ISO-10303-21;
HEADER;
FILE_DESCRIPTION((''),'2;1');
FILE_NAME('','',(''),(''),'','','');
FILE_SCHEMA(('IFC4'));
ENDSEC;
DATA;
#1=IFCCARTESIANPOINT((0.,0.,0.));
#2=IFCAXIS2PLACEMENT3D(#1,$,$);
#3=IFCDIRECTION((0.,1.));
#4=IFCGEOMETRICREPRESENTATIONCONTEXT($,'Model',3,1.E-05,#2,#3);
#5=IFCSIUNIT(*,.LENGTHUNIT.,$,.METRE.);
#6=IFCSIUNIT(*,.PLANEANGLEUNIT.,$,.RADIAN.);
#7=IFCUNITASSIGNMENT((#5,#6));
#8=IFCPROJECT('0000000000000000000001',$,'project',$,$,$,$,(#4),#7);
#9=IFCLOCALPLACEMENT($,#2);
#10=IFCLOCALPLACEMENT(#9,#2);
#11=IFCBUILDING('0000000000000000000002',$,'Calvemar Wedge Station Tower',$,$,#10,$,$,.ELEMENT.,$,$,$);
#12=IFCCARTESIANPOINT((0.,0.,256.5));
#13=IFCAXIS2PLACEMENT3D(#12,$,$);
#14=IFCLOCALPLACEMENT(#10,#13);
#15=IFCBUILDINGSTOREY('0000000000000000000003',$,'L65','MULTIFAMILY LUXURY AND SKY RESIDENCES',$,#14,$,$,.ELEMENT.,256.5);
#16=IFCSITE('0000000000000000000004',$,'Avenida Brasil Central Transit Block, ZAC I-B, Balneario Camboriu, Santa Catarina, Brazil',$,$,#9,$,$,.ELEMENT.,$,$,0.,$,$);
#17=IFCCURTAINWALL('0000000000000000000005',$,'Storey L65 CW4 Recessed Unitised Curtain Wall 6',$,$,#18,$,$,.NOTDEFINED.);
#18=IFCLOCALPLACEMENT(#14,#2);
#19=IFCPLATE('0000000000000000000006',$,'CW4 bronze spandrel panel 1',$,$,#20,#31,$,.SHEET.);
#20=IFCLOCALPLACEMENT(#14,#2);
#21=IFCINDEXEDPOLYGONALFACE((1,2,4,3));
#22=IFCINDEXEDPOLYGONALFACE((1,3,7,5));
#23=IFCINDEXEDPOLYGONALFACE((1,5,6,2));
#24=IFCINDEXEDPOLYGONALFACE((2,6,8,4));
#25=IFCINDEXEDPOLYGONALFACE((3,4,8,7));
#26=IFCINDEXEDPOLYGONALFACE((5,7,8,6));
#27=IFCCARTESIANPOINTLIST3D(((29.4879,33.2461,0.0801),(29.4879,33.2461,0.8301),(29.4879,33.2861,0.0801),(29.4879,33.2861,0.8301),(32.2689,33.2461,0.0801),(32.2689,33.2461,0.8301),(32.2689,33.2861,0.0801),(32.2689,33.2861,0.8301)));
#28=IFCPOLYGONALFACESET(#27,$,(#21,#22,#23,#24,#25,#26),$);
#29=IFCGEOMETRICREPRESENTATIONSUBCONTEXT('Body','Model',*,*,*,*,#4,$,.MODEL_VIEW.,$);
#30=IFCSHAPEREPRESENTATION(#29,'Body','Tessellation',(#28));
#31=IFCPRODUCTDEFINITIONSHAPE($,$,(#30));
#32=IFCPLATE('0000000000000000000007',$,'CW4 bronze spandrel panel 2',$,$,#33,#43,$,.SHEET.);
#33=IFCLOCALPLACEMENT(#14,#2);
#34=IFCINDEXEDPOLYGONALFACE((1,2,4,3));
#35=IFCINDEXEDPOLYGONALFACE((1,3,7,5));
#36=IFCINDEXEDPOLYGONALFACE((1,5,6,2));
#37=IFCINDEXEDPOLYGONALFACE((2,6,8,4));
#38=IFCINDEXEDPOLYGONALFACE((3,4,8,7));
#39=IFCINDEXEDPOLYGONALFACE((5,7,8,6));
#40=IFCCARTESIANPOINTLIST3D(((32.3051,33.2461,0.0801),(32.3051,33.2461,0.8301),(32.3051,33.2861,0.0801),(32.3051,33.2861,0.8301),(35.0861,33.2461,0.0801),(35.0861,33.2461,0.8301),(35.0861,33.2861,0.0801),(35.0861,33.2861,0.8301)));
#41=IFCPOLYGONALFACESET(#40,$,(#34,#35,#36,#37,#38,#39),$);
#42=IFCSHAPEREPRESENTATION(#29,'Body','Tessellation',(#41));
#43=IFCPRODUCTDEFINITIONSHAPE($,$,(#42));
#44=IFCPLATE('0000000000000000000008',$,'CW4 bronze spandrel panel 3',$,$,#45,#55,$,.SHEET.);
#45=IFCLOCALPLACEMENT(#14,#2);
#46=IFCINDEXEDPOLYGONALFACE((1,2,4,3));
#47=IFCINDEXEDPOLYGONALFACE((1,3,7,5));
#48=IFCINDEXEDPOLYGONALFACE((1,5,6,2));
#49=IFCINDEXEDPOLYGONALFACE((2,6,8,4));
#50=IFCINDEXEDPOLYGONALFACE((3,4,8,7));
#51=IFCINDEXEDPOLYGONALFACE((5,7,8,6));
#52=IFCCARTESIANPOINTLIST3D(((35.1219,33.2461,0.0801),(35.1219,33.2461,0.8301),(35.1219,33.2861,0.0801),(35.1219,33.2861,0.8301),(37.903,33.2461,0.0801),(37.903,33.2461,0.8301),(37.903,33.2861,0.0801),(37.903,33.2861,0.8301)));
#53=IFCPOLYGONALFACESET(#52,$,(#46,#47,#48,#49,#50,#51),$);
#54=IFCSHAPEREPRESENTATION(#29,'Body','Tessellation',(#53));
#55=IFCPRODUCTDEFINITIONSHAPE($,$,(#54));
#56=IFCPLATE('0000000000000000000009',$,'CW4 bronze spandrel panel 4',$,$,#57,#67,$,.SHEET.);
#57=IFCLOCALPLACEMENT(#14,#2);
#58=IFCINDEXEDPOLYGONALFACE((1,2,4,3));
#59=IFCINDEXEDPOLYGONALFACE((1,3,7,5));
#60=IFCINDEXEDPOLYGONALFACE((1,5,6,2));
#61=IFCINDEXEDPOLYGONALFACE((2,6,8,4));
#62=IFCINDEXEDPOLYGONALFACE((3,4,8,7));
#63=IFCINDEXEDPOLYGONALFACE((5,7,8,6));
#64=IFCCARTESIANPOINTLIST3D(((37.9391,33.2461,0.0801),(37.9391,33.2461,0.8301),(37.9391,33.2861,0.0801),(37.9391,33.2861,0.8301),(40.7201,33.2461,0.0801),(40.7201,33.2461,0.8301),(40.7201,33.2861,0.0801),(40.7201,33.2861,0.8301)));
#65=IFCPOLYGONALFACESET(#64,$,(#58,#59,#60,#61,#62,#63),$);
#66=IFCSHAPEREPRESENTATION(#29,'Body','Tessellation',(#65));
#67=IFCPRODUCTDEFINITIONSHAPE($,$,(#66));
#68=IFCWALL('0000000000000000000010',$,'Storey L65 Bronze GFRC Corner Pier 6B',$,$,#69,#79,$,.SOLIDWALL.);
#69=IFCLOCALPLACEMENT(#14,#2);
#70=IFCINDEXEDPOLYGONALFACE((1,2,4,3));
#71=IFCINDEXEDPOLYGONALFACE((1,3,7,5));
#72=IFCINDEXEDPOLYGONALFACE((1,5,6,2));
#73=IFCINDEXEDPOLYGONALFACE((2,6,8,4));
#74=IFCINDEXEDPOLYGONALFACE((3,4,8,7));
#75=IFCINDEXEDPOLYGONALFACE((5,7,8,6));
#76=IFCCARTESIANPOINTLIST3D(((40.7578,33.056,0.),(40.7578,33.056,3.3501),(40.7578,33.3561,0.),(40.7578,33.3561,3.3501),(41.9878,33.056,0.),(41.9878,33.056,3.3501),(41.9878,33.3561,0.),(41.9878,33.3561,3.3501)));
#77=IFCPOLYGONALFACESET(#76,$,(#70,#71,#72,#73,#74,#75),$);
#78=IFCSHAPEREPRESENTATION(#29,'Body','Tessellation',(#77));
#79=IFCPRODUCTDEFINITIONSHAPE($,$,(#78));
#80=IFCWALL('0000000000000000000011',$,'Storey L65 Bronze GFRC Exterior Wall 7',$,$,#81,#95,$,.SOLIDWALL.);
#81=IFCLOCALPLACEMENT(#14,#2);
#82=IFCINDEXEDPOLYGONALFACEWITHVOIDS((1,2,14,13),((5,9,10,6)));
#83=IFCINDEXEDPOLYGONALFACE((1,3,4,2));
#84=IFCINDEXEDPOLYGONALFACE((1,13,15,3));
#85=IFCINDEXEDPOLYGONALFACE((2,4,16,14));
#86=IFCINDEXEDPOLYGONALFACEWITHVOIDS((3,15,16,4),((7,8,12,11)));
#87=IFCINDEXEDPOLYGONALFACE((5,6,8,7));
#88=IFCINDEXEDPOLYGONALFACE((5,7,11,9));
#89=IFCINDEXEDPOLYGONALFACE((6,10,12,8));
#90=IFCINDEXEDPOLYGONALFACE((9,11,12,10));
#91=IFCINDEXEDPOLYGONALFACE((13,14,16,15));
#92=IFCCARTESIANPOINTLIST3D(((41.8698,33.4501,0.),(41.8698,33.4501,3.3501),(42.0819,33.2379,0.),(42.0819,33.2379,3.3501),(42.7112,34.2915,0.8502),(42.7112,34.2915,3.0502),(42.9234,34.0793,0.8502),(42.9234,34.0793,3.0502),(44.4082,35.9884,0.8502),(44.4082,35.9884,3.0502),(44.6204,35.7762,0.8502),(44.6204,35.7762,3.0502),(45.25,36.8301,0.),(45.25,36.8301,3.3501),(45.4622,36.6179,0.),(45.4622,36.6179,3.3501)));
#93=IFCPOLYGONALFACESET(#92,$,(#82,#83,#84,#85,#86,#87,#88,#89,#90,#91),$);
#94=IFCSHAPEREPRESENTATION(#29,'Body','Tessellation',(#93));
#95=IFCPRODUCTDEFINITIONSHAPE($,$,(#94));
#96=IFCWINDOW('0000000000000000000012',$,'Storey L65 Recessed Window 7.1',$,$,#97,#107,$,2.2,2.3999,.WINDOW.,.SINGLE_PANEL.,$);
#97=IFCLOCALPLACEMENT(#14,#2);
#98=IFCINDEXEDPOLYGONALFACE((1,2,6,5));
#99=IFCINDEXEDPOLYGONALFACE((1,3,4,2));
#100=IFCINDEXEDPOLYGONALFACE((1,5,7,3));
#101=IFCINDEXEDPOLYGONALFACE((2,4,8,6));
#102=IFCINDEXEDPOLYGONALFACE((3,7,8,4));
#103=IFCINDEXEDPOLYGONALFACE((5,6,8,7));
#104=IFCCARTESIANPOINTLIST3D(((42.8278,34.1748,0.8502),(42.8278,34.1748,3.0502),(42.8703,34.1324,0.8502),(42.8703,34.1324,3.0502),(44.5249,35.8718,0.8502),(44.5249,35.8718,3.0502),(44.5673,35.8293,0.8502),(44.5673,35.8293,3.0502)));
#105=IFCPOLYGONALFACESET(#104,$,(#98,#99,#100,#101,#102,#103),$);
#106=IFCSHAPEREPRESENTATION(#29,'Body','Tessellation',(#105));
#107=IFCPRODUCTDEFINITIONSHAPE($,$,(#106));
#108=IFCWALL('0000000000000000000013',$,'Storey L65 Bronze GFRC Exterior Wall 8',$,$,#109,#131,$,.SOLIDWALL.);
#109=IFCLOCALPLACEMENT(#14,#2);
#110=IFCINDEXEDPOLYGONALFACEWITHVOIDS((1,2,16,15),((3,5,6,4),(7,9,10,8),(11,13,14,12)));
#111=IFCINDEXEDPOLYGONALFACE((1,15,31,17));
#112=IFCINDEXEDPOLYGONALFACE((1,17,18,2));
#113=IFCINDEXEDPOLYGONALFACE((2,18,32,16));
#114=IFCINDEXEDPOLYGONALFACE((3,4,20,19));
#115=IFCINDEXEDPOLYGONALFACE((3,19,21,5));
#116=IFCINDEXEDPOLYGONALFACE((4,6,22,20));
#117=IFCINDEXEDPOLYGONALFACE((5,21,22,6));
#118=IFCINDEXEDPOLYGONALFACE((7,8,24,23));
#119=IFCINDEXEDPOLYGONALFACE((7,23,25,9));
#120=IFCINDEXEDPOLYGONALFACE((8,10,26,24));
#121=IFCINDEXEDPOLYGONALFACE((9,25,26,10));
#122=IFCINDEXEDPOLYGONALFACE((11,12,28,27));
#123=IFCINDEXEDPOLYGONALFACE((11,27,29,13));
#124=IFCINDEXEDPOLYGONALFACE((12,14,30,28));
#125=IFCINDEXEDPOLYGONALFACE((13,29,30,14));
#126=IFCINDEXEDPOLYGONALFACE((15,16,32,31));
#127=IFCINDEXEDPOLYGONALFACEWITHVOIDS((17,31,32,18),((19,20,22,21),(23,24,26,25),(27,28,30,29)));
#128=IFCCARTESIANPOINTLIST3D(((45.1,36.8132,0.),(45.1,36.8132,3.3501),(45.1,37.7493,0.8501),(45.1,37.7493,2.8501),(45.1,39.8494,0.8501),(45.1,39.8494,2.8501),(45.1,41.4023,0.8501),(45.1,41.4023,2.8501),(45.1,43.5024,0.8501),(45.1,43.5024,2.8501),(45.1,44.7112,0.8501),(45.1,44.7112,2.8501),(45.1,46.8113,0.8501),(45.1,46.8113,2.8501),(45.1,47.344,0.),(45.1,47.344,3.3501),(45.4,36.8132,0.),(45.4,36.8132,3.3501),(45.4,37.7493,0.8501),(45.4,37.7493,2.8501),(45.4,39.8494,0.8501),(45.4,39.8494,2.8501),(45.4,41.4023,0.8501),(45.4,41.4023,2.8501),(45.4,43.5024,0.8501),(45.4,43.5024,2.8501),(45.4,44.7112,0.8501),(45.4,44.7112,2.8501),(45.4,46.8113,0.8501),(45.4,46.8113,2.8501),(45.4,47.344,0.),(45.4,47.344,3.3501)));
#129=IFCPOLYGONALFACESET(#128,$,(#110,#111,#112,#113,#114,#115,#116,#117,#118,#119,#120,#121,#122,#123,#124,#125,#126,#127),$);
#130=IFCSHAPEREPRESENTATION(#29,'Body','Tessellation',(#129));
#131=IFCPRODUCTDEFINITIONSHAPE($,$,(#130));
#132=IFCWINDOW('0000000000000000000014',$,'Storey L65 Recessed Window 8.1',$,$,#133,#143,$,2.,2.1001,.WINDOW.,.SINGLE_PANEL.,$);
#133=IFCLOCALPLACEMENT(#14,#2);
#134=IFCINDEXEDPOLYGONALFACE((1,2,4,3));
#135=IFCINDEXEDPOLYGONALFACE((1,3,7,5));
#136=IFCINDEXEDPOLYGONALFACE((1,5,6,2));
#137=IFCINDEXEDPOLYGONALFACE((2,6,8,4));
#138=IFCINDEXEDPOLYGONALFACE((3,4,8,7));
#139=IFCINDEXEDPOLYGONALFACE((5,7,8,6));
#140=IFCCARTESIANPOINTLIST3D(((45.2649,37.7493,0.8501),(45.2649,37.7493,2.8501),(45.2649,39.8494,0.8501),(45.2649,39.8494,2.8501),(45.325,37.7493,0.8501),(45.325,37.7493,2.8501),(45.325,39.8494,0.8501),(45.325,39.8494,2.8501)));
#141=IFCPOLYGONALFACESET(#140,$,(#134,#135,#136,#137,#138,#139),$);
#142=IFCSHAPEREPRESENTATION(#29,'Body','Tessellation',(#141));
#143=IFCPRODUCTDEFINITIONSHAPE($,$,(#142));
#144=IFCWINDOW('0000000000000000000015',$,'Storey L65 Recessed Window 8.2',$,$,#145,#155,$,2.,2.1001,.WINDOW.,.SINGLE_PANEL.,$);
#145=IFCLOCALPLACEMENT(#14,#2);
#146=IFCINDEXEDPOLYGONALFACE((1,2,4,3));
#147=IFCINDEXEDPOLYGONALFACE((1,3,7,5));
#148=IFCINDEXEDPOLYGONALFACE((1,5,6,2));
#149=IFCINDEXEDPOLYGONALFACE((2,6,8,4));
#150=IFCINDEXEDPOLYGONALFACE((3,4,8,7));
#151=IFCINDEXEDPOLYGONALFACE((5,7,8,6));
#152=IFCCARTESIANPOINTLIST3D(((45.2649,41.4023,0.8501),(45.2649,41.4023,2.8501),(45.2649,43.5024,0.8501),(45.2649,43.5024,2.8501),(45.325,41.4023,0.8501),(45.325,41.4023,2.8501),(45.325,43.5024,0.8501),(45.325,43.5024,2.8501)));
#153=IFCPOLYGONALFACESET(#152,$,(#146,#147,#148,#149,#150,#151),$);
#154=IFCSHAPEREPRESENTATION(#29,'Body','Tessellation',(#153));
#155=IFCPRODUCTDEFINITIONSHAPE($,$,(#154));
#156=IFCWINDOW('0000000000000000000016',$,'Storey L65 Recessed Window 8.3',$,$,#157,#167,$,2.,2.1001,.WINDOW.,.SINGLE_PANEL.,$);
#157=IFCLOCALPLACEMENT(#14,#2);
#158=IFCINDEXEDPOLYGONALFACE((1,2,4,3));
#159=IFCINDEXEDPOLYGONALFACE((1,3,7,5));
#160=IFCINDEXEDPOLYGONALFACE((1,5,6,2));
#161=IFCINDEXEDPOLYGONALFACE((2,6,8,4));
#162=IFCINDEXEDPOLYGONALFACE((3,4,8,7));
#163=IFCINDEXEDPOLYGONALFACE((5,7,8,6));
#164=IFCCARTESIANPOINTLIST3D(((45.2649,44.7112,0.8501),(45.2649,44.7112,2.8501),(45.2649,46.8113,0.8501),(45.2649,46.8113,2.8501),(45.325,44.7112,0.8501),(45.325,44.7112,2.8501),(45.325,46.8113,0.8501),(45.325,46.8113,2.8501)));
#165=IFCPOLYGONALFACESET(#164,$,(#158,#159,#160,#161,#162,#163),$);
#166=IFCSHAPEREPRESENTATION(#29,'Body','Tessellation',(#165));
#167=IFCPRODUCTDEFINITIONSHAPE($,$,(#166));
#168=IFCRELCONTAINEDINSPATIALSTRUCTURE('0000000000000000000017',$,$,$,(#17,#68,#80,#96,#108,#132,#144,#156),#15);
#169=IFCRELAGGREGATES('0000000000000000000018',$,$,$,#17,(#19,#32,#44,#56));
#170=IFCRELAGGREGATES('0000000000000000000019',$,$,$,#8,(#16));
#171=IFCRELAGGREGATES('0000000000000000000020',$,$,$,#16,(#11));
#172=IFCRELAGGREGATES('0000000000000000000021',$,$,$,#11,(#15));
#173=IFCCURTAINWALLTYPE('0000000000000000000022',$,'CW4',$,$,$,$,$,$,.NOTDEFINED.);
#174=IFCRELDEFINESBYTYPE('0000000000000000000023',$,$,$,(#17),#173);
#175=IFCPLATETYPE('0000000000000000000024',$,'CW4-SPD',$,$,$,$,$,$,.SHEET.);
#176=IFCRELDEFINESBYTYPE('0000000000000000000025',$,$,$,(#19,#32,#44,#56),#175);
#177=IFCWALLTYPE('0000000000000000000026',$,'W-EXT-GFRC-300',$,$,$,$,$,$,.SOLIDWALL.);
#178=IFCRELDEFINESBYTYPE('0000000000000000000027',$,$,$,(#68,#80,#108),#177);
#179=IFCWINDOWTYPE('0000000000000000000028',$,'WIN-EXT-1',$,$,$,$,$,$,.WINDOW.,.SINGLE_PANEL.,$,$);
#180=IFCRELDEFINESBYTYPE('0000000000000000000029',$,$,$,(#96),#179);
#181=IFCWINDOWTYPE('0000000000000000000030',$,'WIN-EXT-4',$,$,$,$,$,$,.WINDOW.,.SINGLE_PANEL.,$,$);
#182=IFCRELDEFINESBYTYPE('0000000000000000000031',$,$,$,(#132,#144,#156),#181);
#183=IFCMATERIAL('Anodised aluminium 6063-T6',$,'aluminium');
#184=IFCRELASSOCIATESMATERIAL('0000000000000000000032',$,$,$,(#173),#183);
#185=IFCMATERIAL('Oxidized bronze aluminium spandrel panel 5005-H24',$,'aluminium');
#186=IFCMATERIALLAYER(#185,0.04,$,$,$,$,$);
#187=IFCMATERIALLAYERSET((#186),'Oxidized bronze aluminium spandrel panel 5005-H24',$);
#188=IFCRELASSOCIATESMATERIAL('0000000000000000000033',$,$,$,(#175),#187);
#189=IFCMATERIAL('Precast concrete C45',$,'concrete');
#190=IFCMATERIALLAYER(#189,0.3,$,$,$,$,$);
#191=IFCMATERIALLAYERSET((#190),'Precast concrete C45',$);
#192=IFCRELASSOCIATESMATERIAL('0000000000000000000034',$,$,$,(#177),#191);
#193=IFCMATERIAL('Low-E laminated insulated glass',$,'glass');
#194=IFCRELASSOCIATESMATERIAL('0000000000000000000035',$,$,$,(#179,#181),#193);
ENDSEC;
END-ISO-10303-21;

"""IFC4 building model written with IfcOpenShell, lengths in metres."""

from ifc_helpers import new_model, si_unit, direction, frame, frame_2d, origin, place, context, subcontext, project, spatial, rectangle, extrude, source, transform, mapped, material, layer, layer_set, type_object, element, fill, aggregate, save


model = new_model("IFC4")

# Units and contexts
model_context = context("Model", 3, precision=1e-05, world=origin(), true_north=direction((0.0, 1.0)))
body_context = subcontext(model_context, "Body", "Model", "MODEL_VIEW")
ifc_project = project(units=[si_unit("LENGTHUNIT", "METRE"), si_unit("PLANEANGLEUNIT", "RADIAN")], contexts=[model_context])

# Site, building, storey
site_placement = place(None, origin())
site = spatial("IfcSite", under=ifc_project, at=site_placement, Name="Avenida Brasil Central Transit Block, ZAC I-B, Balneario Camboriu, Santa Catarina, Brazil", CompositionType="ELEMENT", RefElevation=0.0)
building_placement = place(site_placement, origin())
building = spatial("IfcBuilding", under=site, at=building_placement, Name="Calvemar Wedge Station Tower", CompositionType="ELEMENT")
storey_placement = place(building_placement, frame((0.0, 0.0, 256.5)))
storey = spatial("IfcBuildingStorey", under=building, at=storey_placement, Name="L65", Description="MULTIFAMILY LUXURY AND SKY RESIDENCES", CompositionType="ELEMENT", Elevation=256.5)

# Curtain wall, plates
ifc_material_1 = material(Name="Anodised aluminium 6063-T6", Category="aluminium")
curtain_wall_type = type_object("IfcCurtainWallType", Name="CW4", PredefinedType="NOTDEFINED", material=ifc_material_1)
curtain_wall_placement = place(storey_placement, origin())
curtain_wall = element("IfcCurtainWall", 1, at=curtain_wall_placement, inside=storey, type_object=curtain_wall_type, Name="Storey L65 CW4 Recessed Unitised Curtain Wall 6", PredefinedType="NOTDEFINED")
ifc_material_2 = material(Name="Low-E laminated insulated glass", Category="glass")
ifc_material_3 = material(Name="Oxidized bronze aluminium spandrel panel 5005-H24", Category="aluminium")
ifc_layer_1 = layer(ifc_material_3, 0.04)
ifc_layer_set_1 = layer_set([ifc_layer_1], Name="Oxidized bronze aluminium spandrel panel 5005-H24")
plate_type_1 = type_object("IfcPlateType", Name="CW4-SPD", PredefinedType="SHEET", material=ifc_layer_set_1)
plate_1_placement = place(storey_placement, frame((29.4878, 33.2661, 0.0801), z_axis=(0.0, 0.0, 1.0), x_axis=(1.0, 0.0, 0.0)))
plate_1 = element("IfcPlate", 2, at=plate_1_placement, type_object=plate_type_1, Name="CW4 bronze spandrel panel 1", PredefinedType="SHEET", context=body_context, shape_type="SweptSolid", body=[
    extrude(rectangle(XDim=2.781, YDim=0.04, at=frame_2d((1.3906, 0.0))), origin(), (0.0, 0.0, 1.0), 0.75),
])
plate_2_placement = place(storey_placement, frame((32.3049, 33.2661, 0.0801), z_axis=(0.0, 0.0, 1.0), x_axis=(1.0, 0.0, 0.0)))
plate_2 = element("IfcPlate", 3, at=plate_2_placement, type_object=plate_type_1, Name="CW4 bronze spandrel panel 2", PredefinedType="SHEET", context=body_context, shape_type="SweptSolid", body=[
    extrude(rectangle(XDim=2.781, YDim=0.04, at=frame_2d((1.3906, 0.0))), origin(), (0.0, 0.0, 1.0), 0.75),
])
plate_3_placement = place(storey_placement, frame((35.1218, 33.2661, 0.0801), z_axis=(0.0, 0.0, 1.0), x_axis=(1.0, 0.0, 0.0)))
plate_3 = element("IfcPlate", 4, at=plate_3_placement, type_object=plate_type_1, Name="CW4 bronze spandrel panel 3", PredefinedType="SHEET", context=body_context, shape_type="SweptSolid", body=[
    extrude(rectangle(XDim=2.781, YDim=0.04, at=frame_2d((1.3906, 0.0))), origin(), (0.0, 0.0, 1.0), 0.75),
])
plate_4_placement = place(storey_placement, frame((37.939, 33.2661, 0.0801), z_axis=(0.0, 0.0, 1.0), x_axis=(1.0, 0.0, 0.0)))
plate_4 = element("IfcPlate", 5, at=plate_4_placement, type_object=plate_type_1, Name="CW4 bronze spandrel panel 4", PredefinedType="SHEET", context=body_context, shape_type="SweptSolid", body=[
    extrude(rectangle(XDim=2.781, YDim=0.04, at=frame_2d((1.3906, 0.0))), origin(), (0.0, 0.0, 1.0), 0.75),
])
aggregate(curtain_wall, [plate_1, plate_2, plate_3, plate_4])

# Wall
ifc_material_4 = material(Name="Precast concrete C45", Category="concrete")
ifc_layer_2 = layer(ifc_material_4, 0.3)
ifc_layer_set_2 = layer_set([ifc_layer_2], Name="Precast concrete C45")
wall_type_1 = type_object("IfcWallType", Name="W-EXT-GFRC-300", PredefinedType="SOLIDWALL", material=ifc_layer_set_2)
wall_1_placement = place(storey_placement, frame((40.7578, 33.2061, 0.0), z_axis=(0.0, 0.0, 1.0), x_axis=(1.0, 0.0, 0.0)))
element("IfcWall", 6, at=wall_1_placement, inside=storey, type_object=wall_type_1, Name="Storey L65 Bronze GFRC Corner Pier 6B", PredefinedType="SOLIDWALL", context=body_context, shape_type="SweptSolid", body=[
    extrude(rectangle(XDim=1.23, YDim=0.3, at=frame_2d((0.615, 0.0))), origin(), (0.0, 0.0, 1.0), 3.3501),
])

# Wall, opening, window
wall_2_placement = place(storey_placement, frame((41.9758, 33.344, 0.0), z_axis=(0.0, 0.0, 1.0), x_axis=(0.707132, 0.707081, 0.0)))
wall_2 = element("IfcWall", 7, at=wall_2_placement, inside=storey, type_object=wall_type_1, Name="Storey L65 Bronze GFRC Exterior Wall 7", PredefinedType="SOLIDWALL", context=body_context, shape_type="SweptSolid", body=[
    extrude(rectangle(XDim=4.7803, YDim=0.3, at=frame_2d((2.3901, 0.0))), origin(), (0.0, 0.0, 1.0), 3.3501),
])
shared_shape_1 = source(origin(), body_context, "Body", "SweptSolid", [
    extrude(rectangle(XDim=2.3999, YDim=2.2, at=frame_2d((1.2, 1.1001))), frame((0.0, 0.1602, 0.0), z_axis=(0.0, -1.0, 0.0), x_axis=(1.0, 0.0, 0.0)), (0.0, 0.0, 1.0), 0.3201),
])
opening_1_placement = place(wall_2_placement, frame((1.1899, 0.0, 0.8501)))
opening_1 = element("IfcOpeningElement", 8, at=opening_1_placement, cuts=wall_2, PredefinedType="OPENING", context=body_context, shape_type="MappedRepresentation", body=[
    mapped(shared_shape_1, transform((0.0, 0.0, 0.0), scale=1.0)),
])
window_type_1 = type_object("IfcWindowType", Name="WIN-EXT-1", PartitioningType="SINGLE_PANEL", PredefinedType="WINDOW", material=ifc_material_2)
shared_shape_2 = source(origin(), body_context, "Body", "SweptSolid", [
    extrude(rectangle(XDim=2.3999, YDim=2.2, at=frame_2d((1.2, 1.1001))), frame((0.0, -0.0149, 0.0), z_axis=(0.0, -1.0, 0.0), x_axis=(1.0, 0.0, 0.0)), (0.0, 0.0, 1.0), 0.0601),
])
window_1_placement = place(opening_1_placement, origin())
window_1 = element("IfcWindow", 9, at=window_1_placement, inside=storey, type_object=window_type_1, Name="Storey L65 Recessed Window 7.1", OverallHeight=2.2, OverallWidth=2.3999, PartitioningType="SINGLE_PANEL", PredefinedType="WINDOW", context=body_context, shape_type="MappedRepresentation", body=[
    mapped(shared_shape_2, transform((0.0, 0.0, 0.0), scale=1.0)),
])
fill(opening_1, window_1)

# Wall, openings, windows
wall_3_placement = place(storey_placement, frame((45.25, 36.8132, 0.0), z_axis=(0.0, 0.0, 1.0), x_axis=(0.0, 1.0, 0.0)))
wall_3 = element("IfcWall", 10, at=wall_3_placement, inside=storey, type_object=wall_type_1, Name="Storey L65 Bronze GFRC Exterior Wall 8", PredefinedType="SOLIDWALL", context=body_context, shape_type="SweptSolid", body=[
    extrude(rectangle(XDim=10.5308, YDim=0.3, at=frame_2d((5.2654, 0.0))), origin(), (0.0, 0.0, 1.0), 3.3501),
])
shared_shape_3 = source(origin(), body_context, "Body", "SweptSolid", [
    extrude(rectangle(XDim=2.1001, YDim=2.0, at=frame_2d((1.05, 1.0))), frame((0.0, 0.1602, 0.0), z_axis=(0.0, -1.0, 0.0), x_axis=(1.0, 0.0, 0.0)), (0.0, 0.0, 1.0), 0.3201),
])
opening_2_placement = place(wall_3_placement, frame((0.936, 0.0, 0.8501)))
opening_2 = element("IfcOpeningElement", 11, at=opening_2_placement, cuts=wall_3, PredefinedType="OPENING", context=body_context, shape_type="MappedRepresentation", body=[
    mapped(shared_shape_3, transform((0.0, 0.0, 0.0), scale=1.0)),
])
opening_3_placement = place(wall_3_placement, frame((4.5891, 0.0, 0.8501)))
opening_3 = element("IfcOpeningElement", 12, at=opening_3_placement, cuts=wall_3, PredefinedType="OPENING", context=body_context, shape_type="MappedRepresentation", body=[
    mapped(shared_shape_3, transform((0.0, 0.0, 0.0), scale=1.0)),
])
opening_4_placement = place(wall_3_placement, frame((7.8979, 0.0, 0.8501)))
opening_4 = element("IfcOpeningElement", 13, at=opening_4_placement, cuts=wall_3, PredefinedType="OPENING", context=body_context, shape_type="MappedRepresentation", body=[
    mapped(shared_shape_3, transform((0.0, 0.0, 0.0), scale=1.0)),
])
window_type_2 = type_object("IfcWindowType", Name="WIN-EXT-4", PartitioningType="SINGLE_PANEL", PredefinedType="WINDOW", material=ifc_material_2)
shared_shape_4 = source(origin(), body_context, "Body", "SweptSolid", [
    extrude(rectangle(XDim=2.1001, YDim=2.0, at=frame_2d((1.05, 1.0))), frame((0.0, -0.0149, 0.0), z_axis=(0.0, -1.0, 0.0), x_axis=(1.0, 0.0, 0.0)), (0.0, 0.0, 1.0), 0.0601),
])
window_2_placement = place(opening_2_placement, origin())
window_2 = element("IfcWindow", 14, at=window_2_placement, inside=storey, type_object=window_type_2, Name="Storey L65 Recessed Window 8.1", OverallHeight=2.0, OverallWidth=2.1001, PartitioningType="SINGLE_PANEL", PredefinedType="WINDOW", context=body_context, shape_type="MappedRepresentation", body=[
    mapped(shared_shape_4, transform((0.0, 0.0, 0.0), scale=1.0)),
])
fill(opening_2, window_2)
window_3_placement = place(opening_3_placement, origin())
window_3 = element("IfcWindow", 15, at=window_3_placement, inside=storey, type_object=window_type_2, Name="Storey L65 Recessed Window 8.2", OverallHeight=2.0, OverallWidth=2.1001, PartitioningType="SINGLE_PANEL", PredefinedType="WINDOW", context=body_context, shape_type="MappedRepresentation", body=[
    mapped(shared_shape_4, transform((0.0, 0.0, 0.0), scale=1.0)),
])
fill(opening_3, window_3)
window_4_placement = place(opening_4_placement, origin())
window_4 = element("IfcWindow", 16, at=window_4_placement, inside=storey, type_object=window_type_2, Name="Storey L65 Recessed Window 8.3", OverallHeight=2.0, OverallWidth=2.1001, PartitioningType="SINGLE_PANEL", PredefinedType="WINDOW", context=body_context, shape_type="MappedRepresentation", body=[
    mapped(shared_shape_4, transform((0.0, 0.0, 0.0), scale=1.0)),
])
fill(opening_4, window_4)

save(model, "model.ifc")
